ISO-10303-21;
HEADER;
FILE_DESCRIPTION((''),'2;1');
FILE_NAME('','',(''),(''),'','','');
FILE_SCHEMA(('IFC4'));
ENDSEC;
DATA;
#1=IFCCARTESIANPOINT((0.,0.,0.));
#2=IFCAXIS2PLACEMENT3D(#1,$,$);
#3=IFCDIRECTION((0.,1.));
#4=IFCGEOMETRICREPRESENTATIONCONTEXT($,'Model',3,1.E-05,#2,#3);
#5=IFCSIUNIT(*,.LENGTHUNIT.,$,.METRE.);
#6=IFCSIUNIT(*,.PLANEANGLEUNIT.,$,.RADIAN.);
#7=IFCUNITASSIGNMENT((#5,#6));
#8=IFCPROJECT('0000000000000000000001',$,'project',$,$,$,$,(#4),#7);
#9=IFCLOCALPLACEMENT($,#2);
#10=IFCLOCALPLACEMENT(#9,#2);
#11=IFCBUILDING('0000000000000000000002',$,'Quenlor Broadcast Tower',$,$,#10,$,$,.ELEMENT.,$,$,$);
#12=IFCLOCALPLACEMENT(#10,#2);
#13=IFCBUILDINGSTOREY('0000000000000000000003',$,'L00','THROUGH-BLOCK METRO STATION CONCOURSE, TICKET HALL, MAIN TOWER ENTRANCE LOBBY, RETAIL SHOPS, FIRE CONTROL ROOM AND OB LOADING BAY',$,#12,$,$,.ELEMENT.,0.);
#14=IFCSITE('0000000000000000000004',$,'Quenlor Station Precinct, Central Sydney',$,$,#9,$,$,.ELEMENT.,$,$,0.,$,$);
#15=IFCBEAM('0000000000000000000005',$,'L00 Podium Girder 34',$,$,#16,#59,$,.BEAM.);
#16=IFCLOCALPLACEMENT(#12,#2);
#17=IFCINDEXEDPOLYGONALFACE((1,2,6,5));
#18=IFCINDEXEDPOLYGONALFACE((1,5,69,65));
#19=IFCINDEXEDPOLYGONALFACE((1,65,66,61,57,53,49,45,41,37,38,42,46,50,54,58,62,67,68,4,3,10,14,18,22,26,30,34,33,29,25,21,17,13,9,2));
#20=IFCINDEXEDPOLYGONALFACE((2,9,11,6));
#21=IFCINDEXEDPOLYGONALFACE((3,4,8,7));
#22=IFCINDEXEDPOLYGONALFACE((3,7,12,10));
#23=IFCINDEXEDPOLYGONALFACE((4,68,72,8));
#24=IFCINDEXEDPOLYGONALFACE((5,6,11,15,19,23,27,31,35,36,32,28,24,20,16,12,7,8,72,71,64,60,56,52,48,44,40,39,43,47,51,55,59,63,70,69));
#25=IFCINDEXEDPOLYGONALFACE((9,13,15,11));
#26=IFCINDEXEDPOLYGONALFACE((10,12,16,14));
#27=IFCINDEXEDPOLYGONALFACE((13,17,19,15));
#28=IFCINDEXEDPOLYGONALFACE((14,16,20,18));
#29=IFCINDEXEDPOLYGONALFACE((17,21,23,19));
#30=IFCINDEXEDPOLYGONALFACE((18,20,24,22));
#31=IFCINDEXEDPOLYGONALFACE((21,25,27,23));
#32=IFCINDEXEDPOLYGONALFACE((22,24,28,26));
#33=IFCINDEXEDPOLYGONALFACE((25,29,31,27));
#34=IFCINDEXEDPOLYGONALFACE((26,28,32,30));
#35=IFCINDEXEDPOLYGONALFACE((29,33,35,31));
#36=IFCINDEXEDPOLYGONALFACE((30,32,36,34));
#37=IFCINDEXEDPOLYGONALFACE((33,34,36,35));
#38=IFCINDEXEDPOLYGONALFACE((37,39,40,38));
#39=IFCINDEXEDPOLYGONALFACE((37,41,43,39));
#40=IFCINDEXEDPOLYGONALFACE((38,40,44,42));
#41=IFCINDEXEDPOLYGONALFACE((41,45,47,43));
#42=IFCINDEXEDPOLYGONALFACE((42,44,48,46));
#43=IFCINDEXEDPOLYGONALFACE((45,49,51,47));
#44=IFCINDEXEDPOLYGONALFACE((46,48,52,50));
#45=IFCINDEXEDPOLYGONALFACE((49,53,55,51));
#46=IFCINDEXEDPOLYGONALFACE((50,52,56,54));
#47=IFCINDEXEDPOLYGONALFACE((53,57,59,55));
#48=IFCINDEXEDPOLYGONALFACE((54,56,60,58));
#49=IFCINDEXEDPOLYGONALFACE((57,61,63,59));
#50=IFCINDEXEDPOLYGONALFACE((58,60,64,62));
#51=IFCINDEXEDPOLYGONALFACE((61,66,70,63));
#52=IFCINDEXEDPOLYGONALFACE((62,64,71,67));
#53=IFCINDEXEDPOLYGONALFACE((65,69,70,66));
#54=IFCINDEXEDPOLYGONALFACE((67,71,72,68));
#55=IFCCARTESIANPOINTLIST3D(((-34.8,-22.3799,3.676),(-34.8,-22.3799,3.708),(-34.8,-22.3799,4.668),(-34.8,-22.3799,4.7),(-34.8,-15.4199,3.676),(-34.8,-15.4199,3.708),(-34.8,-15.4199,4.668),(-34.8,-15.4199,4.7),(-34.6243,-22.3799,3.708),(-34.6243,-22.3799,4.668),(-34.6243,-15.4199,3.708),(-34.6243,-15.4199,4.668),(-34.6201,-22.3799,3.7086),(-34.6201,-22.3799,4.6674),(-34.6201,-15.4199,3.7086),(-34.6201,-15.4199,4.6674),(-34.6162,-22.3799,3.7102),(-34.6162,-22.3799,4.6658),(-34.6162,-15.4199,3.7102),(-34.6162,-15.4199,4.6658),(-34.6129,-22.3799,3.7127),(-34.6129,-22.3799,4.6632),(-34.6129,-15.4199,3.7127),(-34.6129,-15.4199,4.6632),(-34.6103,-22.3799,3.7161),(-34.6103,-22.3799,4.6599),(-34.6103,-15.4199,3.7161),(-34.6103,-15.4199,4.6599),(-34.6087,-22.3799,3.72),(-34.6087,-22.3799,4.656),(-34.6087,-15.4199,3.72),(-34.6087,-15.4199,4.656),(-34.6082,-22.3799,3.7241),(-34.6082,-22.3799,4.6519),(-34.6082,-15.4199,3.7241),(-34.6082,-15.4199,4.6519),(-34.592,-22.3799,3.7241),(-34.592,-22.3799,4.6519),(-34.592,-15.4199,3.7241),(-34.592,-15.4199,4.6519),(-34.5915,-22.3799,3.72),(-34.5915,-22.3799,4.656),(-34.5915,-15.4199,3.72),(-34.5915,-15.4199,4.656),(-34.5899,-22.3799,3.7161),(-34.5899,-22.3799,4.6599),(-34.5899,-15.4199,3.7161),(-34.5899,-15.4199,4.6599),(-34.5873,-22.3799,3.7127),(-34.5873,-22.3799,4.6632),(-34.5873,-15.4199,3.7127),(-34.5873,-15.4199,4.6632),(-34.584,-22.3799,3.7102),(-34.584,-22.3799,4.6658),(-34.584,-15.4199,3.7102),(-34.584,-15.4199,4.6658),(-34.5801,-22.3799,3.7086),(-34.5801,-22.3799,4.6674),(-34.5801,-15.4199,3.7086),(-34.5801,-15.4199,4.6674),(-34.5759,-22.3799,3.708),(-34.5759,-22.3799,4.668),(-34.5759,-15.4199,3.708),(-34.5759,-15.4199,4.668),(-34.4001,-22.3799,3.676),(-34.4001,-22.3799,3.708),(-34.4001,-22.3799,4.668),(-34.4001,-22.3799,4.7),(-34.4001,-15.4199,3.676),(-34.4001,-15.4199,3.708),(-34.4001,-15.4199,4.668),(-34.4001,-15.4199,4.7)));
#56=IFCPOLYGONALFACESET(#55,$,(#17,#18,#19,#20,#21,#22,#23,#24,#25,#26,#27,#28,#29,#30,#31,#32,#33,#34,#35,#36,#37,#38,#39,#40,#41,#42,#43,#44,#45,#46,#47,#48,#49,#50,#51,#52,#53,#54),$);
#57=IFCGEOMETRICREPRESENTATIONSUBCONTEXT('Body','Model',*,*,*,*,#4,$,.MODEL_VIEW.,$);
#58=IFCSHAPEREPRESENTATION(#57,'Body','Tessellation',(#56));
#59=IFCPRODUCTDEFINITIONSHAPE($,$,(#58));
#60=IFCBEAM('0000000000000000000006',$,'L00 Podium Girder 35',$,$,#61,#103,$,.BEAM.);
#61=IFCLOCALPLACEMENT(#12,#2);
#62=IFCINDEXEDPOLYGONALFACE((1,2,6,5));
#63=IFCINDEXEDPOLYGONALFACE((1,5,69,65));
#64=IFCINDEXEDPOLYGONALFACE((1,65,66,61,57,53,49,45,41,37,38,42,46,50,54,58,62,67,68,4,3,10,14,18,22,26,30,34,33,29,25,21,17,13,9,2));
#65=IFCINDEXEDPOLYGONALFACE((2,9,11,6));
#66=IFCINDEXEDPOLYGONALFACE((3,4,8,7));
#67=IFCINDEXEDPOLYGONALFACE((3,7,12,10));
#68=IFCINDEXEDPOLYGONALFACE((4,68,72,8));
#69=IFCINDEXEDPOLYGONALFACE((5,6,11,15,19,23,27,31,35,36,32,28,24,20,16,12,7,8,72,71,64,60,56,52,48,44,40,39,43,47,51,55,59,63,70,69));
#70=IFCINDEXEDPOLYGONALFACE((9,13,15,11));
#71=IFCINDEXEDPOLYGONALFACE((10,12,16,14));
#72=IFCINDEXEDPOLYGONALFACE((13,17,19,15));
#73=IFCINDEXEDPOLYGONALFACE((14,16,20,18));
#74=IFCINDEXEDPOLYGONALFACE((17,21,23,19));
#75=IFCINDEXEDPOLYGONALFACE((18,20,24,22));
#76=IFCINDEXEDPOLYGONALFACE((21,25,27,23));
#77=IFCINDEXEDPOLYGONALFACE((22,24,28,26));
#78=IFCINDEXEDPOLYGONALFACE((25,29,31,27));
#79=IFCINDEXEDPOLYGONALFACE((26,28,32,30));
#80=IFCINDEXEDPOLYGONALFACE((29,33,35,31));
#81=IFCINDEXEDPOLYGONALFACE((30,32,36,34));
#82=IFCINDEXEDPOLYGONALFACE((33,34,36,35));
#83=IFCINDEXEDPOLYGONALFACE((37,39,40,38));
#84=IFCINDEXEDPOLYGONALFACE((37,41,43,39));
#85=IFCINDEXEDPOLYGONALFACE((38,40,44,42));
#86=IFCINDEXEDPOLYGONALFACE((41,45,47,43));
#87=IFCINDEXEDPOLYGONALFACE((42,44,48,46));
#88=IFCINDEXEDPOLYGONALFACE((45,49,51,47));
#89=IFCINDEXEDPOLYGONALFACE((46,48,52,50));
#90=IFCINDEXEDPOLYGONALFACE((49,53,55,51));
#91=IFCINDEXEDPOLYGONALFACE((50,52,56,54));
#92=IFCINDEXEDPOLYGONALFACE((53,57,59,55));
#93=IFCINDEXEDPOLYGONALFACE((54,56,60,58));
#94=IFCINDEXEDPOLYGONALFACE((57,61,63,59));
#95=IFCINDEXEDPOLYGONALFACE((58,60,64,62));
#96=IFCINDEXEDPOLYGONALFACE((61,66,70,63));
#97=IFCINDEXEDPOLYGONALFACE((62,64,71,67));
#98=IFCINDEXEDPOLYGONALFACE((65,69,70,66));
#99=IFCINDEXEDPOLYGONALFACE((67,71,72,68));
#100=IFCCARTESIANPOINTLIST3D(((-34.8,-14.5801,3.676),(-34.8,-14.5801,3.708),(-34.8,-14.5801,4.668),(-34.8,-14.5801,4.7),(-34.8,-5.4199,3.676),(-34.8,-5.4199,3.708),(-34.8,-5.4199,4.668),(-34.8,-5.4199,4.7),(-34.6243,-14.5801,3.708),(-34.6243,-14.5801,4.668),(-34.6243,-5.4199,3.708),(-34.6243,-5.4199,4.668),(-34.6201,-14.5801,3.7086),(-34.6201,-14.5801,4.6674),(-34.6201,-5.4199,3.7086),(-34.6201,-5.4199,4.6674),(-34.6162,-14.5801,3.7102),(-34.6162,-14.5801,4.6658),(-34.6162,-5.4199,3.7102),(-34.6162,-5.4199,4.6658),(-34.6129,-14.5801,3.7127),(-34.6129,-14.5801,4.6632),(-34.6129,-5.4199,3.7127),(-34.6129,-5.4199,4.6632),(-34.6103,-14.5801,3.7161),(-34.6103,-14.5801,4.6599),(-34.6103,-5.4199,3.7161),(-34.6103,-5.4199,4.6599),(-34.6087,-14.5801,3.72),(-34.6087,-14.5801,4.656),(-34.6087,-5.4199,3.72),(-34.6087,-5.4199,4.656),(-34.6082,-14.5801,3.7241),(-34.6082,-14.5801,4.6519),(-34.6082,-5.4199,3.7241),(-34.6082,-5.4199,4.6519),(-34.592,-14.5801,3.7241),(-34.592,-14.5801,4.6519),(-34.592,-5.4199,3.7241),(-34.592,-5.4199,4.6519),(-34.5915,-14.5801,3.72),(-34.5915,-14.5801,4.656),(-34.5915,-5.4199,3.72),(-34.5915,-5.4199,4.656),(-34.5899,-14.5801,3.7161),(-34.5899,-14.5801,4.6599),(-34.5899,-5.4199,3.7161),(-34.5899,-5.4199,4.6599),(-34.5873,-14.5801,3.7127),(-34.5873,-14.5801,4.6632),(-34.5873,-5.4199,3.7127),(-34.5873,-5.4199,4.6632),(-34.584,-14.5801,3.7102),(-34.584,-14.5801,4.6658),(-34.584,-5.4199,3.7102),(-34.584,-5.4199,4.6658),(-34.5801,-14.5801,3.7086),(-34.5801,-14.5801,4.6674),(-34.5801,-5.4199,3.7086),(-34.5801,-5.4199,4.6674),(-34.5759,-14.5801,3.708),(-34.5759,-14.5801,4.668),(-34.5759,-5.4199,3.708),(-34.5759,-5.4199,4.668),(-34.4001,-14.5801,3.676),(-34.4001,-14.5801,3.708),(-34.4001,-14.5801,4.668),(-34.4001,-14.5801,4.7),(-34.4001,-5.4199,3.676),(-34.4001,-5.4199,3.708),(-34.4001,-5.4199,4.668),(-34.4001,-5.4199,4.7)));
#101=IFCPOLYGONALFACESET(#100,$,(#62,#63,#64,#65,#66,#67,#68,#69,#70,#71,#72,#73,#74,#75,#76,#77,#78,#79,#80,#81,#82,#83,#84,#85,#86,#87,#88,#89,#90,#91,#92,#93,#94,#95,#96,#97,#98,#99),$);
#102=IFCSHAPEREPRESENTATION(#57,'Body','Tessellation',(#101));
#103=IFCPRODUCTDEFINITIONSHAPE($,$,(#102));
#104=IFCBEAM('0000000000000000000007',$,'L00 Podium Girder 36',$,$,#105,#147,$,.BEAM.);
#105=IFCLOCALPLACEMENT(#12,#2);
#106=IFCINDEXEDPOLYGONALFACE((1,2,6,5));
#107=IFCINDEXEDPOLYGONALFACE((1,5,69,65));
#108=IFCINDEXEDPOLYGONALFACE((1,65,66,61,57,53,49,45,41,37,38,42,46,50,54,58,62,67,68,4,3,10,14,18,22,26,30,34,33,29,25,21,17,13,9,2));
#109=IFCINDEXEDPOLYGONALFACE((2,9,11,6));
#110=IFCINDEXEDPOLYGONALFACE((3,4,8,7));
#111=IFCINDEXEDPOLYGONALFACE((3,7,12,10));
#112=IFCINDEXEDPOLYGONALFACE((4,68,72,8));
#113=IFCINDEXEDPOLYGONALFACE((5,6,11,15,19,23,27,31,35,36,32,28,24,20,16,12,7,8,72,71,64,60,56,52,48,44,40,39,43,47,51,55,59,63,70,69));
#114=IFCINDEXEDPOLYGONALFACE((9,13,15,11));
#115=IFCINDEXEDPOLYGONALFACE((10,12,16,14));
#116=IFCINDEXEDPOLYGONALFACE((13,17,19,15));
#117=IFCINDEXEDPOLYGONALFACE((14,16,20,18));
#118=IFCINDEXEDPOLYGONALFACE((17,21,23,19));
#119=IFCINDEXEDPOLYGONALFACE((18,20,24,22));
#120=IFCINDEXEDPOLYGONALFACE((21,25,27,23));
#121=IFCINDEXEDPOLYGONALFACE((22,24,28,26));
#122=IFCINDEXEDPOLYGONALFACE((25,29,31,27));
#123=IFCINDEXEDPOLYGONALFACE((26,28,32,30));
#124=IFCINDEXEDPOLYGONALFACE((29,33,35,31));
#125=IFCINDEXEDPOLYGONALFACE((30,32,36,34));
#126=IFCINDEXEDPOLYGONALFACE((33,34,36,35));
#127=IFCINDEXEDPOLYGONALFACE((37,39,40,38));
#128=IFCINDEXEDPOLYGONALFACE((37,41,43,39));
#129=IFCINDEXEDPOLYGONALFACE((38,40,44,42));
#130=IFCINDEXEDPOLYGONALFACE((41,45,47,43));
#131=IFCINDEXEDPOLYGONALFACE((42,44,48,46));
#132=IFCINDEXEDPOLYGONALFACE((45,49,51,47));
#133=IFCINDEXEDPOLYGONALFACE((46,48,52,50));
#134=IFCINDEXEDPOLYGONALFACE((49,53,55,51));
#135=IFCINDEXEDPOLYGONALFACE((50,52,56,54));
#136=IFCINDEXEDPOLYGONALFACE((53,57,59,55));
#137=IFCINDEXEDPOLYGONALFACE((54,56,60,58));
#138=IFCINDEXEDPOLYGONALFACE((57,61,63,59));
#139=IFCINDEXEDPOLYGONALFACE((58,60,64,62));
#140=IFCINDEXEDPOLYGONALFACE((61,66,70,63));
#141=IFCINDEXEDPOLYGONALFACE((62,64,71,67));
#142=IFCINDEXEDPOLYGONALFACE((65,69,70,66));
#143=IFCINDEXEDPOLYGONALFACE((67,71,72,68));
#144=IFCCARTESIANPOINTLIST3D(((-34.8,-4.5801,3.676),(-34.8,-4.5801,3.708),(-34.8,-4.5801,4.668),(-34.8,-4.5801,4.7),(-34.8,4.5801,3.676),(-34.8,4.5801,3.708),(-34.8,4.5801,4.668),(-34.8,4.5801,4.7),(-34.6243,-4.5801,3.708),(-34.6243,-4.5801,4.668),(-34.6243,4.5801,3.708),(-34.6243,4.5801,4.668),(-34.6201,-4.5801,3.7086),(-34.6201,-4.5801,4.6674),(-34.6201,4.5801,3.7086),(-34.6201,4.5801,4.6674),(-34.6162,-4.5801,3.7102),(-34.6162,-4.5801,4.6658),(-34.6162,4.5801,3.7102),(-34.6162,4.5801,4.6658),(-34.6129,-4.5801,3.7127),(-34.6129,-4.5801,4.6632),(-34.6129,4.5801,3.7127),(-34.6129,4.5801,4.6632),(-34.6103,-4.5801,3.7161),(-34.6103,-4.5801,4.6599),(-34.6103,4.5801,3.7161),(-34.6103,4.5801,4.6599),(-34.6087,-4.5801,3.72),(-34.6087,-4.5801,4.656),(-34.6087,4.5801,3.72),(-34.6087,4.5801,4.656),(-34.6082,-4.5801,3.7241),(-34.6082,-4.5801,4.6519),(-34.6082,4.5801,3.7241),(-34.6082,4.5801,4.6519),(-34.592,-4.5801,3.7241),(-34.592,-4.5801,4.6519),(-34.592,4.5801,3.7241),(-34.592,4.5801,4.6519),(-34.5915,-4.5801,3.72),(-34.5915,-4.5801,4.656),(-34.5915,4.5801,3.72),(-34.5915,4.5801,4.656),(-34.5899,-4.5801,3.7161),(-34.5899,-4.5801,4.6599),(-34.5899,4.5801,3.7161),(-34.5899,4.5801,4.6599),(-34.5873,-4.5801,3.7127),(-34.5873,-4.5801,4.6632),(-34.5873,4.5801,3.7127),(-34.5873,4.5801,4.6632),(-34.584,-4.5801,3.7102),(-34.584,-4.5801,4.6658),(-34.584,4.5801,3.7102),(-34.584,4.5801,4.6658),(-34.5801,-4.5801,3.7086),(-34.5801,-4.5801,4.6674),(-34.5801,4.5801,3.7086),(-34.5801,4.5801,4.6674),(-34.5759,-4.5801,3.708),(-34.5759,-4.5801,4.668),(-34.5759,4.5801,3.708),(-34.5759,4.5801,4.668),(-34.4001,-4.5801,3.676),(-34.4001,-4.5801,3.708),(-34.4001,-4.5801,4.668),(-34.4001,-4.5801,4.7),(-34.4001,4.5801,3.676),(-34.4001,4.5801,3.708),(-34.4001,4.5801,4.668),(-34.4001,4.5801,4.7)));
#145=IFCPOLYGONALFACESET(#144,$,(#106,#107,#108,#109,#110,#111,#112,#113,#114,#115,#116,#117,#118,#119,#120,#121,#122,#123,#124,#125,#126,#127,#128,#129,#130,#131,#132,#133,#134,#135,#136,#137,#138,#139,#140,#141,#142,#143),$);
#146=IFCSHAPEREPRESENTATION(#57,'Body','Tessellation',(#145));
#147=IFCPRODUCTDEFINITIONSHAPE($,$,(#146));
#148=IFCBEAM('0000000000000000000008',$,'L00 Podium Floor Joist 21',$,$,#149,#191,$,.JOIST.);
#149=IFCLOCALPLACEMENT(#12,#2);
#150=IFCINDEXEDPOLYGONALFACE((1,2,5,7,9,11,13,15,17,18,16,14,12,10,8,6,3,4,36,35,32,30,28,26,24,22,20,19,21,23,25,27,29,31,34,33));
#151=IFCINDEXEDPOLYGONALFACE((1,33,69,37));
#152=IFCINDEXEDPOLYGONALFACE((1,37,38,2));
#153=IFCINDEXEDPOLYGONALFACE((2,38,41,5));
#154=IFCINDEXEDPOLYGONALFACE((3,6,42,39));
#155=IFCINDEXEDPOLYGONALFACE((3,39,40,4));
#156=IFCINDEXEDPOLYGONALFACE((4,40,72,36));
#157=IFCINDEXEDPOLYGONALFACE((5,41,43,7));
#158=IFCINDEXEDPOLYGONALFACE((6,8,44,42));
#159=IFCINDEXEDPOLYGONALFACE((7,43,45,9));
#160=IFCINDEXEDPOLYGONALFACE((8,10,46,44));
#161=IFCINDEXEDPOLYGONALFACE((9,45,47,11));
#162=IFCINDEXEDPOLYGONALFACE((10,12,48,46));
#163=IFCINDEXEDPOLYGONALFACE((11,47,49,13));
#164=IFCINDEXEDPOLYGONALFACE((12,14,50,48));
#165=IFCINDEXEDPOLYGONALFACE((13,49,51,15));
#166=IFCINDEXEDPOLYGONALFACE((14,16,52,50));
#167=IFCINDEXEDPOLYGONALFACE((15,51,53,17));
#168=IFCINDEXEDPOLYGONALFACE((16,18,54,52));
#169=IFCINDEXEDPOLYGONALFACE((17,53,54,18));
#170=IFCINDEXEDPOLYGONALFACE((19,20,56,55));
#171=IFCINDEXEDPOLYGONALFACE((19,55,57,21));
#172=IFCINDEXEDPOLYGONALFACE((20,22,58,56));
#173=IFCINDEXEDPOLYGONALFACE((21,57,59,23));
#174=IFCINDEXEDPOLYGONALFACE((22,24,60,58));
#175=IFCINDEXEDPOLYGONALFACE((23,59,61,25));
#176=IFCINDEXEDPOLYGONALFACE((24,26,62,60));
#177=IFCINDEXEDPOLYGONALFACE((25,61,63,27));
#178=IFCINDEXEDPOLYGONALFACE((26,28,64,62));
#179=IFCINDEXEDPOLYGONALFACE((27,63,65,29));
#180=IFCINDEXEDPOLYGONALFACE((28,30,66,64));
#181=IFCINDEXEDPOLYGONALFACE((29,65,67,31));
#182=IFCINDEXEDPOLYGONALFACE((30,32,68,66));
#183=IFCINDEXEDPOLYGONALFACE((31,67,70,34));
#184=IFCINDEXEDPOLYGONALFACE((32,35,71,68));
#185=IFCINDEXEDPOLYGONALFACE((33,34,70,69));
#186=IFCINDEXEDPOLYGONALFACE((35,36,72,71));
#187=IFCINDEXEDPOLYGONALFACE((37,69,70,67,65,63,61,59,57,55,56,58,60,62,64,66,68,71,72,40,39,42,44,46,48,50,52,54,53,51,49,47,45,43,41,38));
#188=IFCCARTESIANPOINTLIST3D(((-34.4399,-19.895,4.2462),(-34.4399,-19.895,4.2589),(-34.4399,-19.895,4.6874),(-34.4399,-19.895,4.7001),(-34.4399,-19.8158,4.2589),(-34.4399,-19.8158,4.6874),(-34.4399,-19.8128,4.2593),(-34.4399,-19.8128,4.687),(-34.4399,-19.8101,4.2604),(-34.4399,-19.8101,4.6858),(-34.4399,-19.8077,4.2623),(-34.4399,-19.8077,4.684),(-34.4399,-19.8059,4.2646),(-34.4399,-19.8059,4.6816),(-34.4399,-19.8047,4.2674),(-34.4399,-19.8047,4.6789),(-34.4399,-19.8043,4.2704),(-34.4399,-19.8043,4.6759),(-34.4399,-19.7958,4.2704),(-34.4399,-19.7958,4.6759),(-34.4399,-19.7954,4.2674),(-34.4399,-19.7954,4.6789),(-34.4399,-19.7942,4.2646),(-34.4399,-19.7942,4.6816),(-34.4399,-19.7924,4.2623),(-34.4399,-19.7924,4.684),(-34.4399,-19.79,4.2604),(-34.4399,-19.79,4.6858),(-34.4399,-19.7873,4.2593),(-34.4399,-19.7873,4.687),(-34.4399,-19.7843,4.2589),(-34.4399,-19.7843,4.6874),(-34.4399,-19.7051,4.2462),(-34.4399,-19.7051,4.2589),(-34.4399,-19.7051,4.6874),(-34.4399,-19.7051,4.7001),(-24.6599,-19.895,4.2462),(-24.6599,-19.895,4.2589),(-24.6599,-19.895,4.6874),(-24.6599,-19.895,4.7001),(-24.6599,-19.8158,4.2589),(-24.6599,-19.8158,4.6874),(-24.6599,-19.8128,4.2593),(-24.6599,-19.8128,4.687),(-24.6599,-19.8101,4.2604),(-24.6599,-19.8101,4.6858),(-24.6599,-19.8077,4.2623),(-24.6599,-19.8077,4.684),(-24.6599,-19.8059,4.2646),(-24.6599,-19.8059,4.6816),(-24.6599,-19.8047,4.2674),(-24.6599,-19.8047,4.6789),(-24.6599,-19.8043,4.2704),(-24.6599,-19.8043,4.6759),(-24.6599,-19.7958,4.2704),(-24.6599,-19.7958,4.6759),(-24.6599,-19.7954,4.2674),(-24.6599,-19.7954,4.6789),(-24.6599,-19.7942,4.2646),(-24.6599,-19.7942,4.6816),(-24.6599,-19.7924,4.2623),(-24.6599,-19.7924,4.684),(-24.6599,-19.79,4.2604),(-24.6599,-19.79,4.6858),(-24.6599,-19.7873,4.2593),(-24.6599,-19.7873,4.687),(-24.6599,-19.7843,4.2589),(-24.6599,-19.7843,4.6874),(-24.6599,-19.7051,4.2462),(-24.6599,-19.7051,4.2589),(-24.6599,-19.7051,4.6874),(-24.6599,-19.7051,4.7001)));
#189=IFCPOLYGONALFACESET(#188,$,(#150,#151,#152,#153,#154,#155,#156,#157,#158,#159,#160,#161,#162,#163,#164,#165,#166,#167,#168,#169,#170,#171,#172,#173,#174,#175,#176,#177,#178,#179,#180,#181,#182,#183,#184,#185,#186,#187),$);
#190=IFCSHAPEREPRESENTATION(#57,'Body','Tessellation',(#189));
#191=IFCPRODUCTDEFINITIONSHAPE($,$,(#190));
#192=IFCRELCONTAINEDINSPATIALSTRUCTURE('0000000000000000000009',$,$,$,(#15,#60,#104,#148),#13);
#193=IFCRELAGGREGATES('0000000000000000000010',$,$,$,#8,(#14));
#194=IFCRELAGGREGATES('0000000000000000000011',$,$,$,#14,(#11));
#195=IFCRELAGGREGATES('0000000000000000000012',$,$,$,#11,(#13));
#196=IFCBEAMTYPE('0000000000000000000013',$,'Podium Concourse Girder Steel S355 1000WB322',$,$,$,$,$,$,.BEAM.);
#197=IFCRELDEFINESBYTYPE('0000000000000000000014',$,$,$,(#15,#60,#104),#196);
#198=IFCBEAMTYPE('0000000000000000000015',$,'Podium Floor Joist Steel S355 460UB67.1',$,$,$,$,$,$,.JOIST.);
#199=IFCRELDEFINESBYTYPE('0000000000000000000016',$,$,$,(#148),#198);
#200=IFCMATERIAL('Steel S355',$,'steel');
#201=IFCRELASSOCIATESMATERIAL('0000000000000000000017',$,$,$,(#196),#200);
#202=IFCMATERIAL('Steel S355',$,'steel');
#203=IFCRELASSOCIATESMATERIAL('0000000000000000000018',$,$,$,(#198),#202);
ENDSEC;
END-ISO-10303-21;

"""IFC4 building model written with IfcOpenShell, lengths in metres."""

from ifc_helpers import new_model, si_unit, direction, frame, origin, origin_2d, place, context, subcontext, project, spatial, i_section, extrude, material, material_profile, profile_set, type_object, element, save


model = new_model("IFC4")

# Units and contexts
model_context = context("Model", 3, precision=1e-05, world=origin(), true_north=direction((0.0, 1.0)))
body_context = subcontext(model_context, "Body", "Model", "MODEL_VIEW")
ifc_project = project(units=[si_unit("LENGTHUNIT", "METRE"), si_unit("PLANEANGLEUNIT", "RADIAN")], contexts=[model_context])

# Site, building, storey
site_placement = place(None, origin())
site = spatial("IfcSite", under=ifc_project, at=site_placement, Name="Quenlor Station Precinct, Central Sydney", CompositionType="ELEMENT", RefElevation=0.0)
building_placement = place(site_placement, origin())
building = spatial("IfcBuilding", under=site, at=building_placement, Name="Quenlor Broadcast Tower", CompositionType="ELEMENT")
storey_placement = place(building_placement, origin())
storey = spatial("IfcBuildingStorey", under=building, at=storey_placement, Name="L00", Description="THROUGH-BLOCK METRO STATION CONCOURSE, TICKET HALL, MAIN TOWER ENTRANCE LOBBY, RETAIL SHOPS, FIRE CONTROL ROOM AND OB LOADING BAY", CompositionType="ELEMENT", Elevation=0.0)

# Beams
ifc_material_1 = material(Name="Steel S355", Category="steel")
ifc_material_profile_1 = material_profile(ifc_material_1, i_section(OverallWidth=0.3999, OverallDepth=1.0239, WebThickness=0.0161, FlangeThickness=0.032, FilletRadius=0.0161, at=origin_2d()))
ifc_profile_set_1 = profile_set([ifc_material_profile_1], Name="Steel S355 1000WB322")
beam_type_1 = type_object("IfcBeamType", Name="Podium Concourse Girder Steel S355 1000WB322", PredefinedType="BEAM", material=ifc_profile_set_1)
beam_1_placement = place(storey_placement, frame((-34.6001, -22.3799, 4.188), z_axis=(0.0, 1.0, 0.0), x_axis=(-1.0, 0.0, 0.0)))
element("IfcBeam", 1, at=beam_1_placement, inside=storey, type_object=beam_type_1, Name="L00 Podium Girder 34", PredefinedType="BEAM", context=body_context, shape_type="SweptSolid", body=[
    extrude(i_section(OverallWidth=0.3999, OverallDepth=1.0239, WebThickness=0.0161, FlangeThickness=0.032, FilletRadius=0.0161, at=origin_2d()), origin(), (0.0, 0.0, 1.0), 6.96),
])
for number, where, z_axis, x_axis, name in (
    (2, (-34.6001, -14.5801, 4.188), (0.0, 1.0, 0.0), (-1.0, 0.0, 0.0), "L00 Podium Girder 35"),
    (3, (-34.6001, -4.5801, 4.188), (0.0, 1.0, 0.0), (-1.0, 0.0, 0.0), "L00 Podium Girder 36"),
):
    element("IfcBeam", number, at=place(storey_placement, frame(where, z_axis=z_axis, x_axis=x_axis)), inside=storey, type_object=beam_type_1, Name=name, PredefinedType="BEAM", context=body_context, shape_type="SweptSolid", body=[
        extrude(i_section(OverallWidth=0.3999, OverallDepth=1.0239, WebThickness=0.0161, FlangeThickness=0.032, FilletRadius=0.0161, at=origin_2d()), origin(), (0.0, 0.0, 1.0), 9.1602),
    ])
ifc_material_2 = material(Name="Steel S355", Category="steel")
ifc_material_profile_2 = material_profile(ifc_material_2, i_section(OverallWidth=0.1899, OverallDepth=0.4539, WebThickness=0.0085, FlangeThickness=0.0127, FilletRadius=0.0115, at=origin_2d()))
ifc_profile_set_2 = profile_set([ifc_material_profile_2], Name="Steel S355 460UB67.1")
beam_type_2 = type_object("IfcBeamType", Name="Podium Floor Joist Steel S355 460UB67.1", PredefinedType="JOIST", material=ifc_profile_set_2)
for number, where, z_axis, x_axis, name in (
    (4, (-34.4399, -19.8, 4.4731), (1.0, 0.0, 0.0), (0.0, 1.0, 0.0), "L00 Podium Floor Joist 21"),
):
    element("IfcBeam", number, at=place(storey_placement, frame(where, z_axis=z_axis, x_axis=x_axis)), inside=storey, type_object=beam_type_2, Name=name, PredefinedType="JOIST", context=body_context, shape_type="SweptSolid", body=[
        extrude(i_section(OverallWidth=0.1899, OverallDepth=0.4539, WebThickness=0.0085, FlangeThickness=0.0127, FilletRadius=0.0115, at=origin_2d()), origin(), (0.0, 0.0, 1.0), 9.78),
    ])

save(model, "model.ifc")
